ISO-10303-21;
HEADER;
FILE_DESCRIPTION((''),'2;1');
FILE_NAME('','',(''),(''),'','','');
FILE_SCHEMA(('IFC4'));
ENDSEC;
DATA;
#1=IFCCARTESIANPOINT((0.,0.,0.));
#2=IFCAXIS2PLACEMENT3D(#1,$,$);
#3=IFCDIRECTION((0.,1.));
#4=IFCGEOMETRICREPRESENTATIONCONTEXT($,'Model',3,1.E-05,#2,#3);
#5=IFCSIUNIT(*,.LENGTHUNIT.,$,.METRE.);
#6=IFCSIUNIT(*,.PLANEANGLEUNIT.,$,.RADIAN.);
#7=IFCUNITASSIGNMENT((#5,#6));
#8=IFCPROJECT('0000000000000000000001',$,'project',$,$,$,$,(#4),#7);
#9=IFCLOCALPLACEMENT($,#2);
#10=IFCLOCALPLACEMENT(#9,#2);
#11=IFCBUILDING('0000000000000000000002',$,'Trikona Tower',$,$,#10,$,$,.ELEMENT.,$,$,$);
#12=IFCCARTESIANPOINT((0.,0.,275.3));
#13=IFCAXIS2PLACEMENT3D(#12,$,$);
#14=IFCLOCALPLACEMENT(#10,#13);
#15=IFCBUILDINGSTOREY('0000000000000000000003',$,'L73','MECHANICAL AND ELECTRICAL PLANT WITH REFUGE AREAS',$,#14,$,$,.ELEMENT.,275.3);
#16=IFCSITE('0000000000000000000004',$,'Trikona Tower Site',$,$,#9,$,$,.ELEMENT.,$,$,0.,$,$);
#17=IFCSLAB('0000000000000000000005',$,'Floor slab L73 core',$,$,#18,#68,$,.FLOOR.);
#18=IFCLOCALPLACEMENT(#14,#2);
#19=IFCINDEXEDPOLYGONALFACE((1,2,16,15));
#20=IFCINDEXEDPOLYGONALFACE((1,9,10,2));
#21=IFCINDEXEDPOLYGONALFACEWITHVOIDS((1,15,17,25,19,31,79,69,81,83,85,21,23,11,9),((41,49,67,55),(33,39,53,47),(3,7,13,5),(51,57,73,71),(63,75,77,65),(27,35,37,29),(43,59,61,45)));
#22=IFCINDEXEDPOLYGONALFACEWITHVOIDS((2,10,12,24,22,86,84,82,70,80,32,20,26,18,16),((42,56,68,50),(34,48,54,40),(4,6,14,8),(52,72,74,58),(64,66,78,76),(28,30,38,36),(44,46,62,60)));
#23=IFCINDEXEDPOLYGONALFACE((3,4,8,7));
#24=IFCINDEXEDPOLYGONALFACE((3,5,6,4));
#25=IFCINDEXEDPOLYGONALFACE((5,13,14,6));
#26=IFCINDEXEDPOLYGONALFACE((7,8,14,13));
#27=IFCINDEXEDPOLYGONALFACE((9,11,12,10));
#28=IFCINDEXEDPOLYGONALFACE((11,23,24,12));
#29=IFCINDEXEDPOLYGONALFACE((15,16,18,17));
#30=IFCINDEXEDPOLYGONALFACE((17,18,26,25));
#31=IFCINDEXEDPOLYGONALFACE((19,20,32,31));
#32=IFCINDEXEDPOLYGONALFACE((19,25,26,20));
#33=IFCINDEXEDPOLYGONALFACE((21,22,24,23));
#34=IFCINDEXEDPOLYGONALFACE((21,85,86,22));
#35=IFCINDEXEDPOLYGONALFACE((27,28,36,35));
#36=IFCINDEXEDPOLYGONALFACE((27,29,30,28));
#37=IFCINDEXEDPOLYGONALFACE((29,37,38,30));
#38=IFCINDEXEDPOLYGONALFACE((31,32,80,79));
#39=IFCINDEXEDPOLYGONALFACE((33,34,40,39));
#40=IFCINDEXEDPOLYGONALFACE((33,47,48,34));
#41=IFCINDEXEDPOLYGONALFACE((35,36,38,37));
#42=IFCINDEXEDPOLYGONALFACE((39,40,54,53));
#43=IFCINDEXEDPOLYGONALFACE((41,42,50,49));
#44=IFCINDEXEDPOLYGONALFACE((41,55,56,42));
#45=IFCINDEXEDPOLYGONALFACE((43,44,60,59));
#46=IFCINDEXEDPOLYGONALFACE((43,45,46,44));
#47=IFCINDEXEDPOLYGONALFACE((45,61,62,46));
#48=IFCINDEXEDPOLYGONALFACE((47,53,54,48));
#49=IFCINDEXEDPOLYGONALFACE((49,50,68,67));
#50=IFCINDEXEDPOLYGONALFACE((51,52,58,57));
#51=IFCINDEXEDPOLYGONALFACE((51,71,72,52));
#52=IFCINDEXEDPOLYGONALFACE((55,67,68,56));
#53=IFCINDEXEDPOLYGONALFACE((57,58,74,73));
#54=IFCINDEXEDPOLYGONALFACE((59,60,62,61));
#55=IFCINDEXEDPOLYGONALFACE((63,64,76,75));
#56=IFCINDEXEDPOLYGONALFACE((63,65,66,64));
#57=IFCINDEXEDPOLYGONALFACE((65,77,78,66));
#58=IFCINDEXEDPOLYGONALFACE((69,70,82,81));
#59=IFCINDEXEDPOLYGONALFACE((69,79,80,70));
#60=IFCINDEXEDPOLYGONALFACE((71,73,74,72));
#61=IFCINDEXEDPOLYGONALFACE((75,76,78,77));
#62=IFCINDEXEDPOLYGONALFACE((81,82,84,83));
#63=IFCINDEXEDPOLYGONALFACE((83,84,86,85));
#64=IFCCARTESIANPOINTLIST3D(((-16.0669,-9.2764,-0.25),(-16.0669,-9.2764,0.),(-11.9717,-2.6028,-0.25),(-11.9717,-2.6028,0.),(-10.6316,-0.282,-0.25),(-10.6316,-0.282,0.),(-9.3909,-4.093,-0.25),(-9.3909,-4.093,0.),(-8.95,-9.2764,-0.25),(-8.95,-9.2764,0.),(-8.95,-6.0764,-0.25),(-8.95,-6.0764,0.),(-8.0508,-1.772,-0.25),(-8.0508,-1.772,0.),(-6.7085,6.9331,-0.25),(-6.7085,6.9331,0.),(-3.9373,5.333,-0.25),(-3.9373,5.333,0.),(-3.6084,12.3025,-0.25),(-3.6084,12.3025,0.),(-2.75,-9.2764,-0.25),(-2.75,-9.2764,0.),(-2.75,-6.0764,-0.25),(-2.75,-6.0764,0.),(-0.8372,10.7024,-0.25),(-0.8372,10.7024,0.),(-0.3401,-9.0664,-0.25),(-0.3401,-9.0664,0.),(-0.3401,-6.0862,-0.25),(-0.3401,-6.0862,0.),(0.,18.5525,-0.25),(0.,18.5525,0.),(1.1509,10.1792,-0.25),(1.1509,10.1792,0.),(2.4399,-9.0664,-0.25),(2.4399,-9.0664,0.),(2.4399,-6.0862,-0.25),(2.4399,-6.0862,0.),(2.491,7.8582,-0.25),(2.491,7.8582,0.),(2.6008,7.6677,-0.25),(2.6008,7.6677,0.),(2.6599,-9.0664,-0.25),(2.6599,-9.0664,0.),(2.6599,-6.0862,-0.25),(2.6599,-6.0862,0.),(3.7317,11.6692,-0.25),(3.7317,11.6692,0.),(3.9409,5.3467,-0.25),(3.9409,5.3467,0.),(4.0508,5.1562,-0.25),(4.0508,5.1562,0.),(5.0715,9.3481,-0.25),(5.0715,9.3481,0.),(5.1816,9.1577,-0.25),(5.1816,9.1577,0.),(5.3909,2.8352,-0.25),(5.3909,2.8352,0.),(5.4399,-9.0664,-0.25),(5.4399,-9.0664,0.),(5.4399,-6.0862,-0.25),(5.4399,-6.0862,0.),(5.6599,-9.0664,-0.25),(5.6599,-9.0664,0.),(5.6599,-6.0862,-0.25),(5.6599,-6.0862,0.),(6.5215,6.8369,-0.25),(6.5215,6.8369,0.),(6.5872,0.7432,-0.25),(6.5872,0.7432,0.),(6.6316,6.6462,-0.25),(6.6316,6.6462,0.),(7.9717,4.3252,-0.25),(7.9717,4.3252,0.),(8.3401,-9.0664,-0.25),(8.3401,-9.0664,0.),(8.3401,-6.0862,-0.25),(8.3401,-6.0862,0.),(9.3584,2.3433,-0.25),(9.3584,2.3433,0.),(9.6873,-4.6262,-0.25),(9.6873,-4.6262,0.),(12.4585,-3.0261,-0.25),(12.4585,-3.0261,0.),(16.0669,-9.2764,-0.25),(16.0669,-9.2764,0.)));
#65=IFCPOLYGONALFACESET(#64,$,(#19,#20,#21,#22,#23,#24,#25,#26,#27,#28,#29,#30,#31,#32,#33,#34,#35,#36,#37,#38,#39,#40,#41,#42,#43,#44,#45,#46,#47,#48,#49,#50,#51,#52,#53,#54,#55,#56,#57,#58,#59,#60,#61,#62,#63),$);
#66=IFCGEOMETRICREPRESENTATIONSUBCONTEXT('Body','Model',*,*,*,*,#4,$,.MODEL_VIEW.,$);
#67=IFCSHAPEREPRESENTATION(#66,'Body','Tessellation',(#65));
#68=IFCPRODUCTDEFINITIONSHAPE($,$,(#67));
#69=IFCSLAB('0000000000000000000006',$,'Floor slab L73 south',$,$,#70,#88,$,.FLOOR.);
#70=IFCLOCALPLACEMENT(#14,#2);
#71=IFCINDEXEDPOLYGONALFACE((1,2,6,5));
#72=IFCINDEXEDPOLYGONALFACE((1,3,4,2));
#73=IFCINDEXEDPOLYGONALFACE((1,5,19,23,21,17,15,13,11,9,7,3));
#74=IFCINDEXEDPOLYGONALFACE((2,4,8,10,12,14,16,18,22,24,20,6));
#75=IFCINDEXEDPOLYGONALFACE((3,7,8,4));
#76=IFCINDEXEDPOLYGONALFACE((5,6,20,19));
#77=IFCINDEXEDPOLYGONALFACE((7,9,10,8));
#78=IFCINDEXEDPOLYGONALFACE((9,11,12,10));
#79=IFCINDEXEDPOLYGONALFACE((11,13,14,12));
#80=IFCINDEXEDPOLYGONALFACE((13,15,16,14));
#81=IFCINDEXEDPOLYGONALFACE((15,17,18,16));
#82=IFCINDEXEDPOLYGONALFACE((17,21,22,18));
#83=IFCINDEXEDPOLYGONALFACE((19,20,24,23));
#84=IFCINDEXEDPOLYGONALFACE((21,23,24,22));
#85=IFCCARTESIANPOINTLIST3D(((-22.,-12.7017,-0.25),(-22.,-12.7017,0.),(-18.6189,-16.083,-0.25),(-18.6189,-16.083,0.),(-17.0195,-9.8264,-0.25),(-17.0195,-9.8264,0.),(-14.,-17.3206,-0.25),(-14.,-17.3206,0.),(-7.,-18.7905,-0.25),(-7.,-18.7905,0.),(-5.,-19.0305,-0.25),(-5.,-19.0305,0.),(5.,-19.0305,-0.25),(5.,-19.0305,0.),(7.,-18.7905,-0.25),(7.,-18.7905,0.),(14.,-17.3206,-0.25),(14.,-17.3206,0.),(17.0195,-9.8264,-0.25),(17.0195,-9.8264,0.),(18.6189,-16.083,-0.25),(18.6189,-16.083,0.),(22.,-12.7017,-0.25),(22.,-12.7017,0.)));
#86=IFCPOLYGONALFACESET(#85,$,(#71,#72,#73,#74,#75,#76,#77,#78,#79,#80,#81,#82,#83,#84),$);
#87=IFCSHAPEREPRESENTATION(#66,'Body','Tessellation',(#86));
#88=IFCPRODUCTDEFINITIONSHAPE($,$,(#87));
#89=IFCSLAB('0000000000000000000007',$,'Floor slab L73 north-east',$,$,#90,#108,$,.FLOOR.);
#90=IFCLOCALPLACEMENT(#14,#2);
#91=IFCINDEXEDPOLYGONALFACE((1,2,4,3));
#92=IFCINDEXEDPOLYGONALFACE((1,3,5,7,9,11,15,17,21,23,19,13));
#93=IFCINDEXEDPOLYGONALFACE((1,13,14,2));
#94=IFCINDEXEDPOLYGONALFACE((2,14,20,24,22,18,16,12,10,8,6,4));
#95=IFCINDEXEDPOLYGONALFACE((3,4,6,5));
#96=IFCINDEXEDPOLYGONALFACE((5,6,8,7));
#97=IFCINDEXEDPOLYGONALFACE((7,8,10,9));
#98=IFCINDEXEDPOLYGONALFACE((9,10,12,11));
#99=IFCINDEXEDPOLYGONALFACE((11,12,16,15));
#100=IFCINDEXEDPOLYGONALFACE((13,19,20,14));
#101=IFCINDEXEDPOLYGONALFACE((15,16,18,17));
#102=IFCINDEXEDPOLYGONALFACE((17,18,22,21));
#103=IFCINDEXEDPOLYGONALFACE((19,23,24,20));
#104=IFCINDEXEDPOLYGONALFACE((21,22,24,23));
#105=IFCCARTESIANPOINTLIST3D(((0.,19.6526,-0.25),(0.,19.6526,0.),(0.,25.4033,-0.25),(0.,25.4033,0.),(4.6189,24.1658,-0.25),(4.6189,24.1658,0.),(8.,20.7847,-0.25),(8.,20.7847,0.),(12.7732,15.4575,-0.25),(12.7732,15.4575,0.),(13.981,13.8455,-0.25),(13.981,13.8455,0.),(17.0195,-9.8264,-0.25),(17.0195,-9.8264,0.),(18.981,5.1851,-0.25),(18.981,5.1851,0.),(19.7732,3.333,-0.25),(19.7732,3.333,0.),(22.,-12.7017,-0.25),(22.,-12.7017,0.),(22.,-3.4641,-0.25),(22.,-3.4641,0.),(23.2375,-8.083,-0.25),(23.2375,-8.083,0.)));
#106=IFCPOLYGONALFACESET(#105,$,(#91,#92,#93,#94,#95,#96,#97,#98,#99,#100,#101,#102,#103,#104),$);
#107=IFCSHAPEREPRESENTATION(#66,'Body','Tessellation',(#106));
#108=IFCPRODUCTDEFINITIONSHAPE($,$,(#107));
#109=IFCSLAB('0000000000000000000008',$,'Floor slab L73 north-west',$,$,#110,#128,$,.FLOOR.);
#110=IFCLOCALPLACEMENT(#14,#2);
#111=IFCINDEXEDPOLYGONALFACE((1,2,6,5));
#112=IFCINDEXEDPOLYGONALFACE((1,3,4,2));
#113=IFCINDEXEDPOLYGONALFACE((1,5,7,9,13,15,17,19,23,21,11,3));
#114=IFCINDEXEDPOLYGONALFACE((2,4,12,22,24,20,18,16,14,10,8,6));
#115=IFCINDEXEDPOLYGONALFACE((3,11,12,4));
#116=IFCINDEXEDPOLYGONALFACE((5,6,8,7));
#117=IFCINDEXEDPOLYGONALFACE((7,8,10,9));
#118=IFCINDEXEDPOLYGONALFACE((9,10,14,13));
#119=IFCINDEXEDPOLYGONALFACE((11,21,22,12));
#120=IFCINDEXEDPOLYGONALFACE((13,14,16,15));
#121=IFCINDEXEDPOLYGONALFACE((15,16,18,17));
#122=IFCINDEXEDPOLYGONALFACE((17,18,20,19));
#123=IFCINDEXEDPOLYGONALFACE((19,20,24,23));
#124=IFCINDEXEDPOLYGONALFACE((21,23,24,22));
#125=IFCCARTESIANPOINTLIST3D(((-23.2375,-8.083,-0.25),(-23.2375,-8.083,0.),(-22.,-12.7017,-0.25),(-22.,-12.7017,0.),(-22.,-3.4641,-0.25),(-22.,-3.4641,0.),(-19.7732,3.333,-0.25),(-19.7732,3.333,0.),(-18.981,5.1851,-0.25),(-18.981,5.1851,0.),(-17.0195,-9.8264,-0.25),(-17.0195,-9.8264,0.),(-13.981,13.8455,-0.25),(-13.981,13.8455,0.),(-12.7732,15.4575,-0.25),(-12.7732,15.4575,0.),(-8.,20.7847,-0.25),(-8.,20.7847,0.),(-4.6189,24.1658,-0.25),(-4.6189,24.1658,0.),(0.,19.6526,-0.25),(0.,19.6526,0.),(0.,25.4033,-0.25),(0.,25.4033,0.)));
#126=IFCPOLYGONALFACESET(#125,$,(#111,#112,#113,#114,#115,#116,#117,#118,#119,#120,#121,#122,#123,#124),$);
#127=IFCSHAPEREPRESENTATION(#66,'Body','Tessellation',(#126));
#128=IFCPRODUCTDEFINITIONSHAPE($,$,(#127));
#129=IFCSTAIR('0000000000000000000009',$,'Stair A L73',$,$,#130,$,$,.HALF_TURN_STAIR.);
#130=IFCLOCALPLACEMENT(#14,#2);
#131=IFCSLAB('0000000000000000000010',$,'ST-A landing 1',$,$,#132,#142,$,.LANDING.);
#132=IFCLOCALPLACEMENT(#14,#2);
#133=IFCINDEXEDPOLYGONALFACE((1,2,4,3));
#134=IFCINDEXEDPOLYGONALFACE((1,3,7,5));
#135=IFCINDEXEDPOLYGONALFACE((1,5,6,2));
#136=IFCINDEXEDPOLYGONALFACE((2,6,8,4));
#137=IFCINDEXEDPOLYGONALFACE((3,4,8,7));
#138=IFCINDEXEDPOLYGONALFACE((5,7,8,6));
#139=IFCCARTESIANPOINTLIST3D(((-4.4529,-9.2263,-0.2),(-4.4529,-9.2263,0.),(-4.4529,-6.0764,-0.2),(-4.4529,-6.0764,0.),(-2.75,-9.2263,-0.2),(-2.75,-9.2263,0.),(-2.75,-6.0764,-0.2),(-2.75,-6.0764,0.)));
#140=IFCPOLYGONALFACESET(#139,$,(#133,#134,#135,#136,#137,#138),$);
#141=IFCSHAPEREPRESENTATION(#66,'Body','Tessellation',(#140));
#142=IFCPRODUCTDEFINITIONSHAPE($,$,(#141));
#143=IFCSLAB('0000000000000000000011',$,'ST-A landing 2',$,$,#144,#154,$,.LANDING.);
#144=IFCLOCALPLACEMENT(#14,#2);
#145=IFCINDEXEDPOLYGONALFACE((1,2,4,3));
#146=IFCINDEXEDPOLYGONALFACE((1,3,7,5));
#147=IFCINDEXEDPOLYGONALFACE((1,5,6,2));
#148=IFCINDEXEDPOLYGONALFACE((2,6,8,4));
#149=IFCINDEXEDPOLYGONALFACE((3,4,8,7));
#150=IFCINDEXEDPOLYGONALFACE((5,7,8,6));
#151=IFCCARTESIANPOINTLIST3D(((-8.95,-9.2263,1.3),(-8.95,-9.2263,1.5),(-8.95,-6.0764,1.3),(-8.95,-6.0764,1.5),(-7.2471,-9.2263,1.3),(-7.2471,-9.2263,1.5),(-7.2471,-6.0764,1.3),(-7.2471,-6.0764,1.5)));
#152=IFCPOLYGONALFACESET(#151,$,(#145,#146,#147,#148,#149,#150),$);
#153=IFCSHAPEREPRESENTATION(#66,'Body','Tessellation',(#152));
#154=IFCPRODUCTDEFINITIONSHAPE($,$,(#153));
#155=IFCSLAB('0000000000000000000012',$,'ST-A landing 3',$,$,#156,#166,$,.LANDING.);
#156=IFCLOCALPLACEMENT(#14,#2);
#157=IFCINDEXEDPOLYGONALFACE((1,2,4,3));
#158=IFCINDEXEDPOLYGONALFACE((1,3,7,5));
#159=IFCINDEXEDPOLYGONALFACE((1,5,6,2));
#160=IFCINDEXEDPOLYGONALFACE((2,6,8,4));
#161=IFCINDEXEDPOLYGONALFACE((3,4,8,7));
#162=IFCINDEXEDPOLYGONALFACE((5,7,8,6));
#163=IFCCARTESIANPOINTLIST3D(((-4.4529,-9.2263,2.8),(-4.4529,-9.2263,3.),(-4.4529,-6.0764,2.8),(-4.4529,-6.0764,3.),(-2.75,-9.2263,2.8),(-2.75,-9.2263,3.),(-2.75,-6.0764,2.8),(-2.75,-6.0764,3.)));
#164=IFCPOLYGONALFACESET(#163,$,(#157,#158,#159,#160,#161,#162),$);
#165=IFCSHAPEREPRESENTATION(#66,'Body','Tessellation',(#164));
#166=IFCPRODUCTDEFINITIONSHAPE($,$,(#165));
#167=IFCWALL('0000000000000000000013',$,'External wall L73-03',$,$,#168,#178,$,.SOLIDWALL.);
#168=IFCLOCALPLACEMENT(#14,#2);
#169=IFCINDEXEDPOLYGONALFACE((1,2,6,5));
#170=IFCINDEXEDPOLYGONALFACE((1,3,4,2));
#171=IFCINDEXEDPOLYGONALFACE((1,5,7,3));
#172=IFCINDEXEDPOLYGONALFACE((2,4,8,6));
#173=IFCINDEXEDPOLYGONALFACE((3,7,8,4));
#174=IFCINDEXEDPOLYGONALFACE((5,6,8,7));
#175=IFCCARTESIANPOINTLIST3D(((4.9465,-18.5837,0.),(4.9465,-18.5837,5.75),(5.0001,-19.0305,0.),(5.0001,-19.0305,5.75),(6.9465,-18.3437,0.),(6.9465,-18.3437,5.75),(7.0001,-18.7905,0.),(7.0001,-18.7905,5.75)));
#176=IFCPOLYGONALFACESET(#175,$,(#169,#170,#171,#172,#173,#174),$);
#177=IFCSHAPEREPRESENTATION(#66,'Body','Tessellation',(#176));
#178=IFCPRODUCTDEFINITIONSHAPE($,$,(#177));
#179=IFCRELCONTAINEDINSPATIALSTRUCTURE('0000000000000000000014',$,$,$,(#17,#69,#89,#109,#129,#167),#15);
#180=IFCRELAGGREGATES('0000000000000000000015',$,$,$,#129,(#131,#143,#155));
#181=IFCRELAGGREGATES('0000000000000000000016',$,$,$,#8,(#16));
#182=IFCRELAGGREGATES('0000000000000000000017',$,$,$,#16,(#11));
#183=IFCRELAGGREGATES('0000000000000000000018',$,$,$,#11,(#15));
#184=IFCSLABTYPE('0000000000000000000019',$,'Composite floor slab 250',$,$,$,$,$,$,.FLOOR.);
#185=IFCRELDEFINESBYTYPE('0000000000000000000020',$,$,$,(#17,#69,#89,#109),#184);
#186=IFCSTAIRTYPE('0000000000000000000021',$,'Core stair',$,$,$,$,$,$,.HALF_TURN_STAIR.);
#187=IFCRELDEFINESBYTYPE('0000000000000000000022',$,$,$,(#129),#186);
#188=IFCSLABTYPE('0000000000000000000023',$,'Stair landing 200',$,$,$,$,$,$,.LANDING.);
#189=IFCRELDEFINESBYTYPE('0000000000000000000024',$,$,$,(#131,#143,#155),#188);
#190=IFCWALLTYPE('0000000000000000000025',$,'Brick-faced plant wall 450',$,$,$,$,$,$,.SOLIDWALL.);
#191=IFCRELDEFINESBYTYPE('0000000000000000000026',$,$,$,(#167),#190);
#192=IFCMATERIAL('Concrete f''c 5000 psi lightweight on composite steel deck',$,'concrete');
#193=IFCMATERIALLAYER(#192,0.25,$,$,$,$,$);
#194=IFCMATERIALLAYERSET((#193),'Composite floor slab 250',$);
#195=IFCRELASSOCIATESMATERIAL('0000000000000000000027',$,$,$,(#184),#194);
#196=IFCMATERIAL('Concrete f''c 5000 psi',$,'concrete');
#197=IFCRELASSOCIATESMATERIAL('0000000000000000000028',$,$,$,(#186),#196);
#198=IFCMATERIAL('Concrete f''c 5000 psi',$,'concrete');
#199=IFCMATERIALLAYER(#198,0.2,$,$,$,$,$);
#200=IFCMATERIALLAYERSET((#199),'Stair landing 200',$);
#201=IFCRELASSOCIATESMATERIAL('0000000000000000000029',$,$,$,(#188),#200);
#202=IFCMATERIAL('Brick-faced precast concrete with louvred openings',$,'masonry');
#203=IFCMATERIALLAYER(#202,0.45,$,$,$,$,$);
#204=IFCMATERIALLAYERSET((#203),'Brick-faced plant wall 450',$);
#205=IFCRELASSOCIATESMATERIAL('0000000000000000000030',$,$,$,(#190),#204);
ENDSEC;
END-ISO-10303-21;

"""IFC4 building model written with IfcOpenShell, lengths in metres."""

from ifc_helpers import new_model, si_unit, direction, frame, frame_2d, origin, place, context, subcontext, project, spatial, polyline, rectangle, outline, extrude, material, layer, layer_set, type_object, element, aggregate, save


model = new_model("IFC4")

# Units and contexts
model_context = context("Model", 3, precision=1e-05, world=origin(), true_north=direction((0.0, 1.0)))
body_context = subcontext(model_context, "Body", "Model", "MODEL_VIEW")
ifc_project = project(units=[si_unit("LENGTHUNIT", "METRE"), si_unit("PLANEANGLEUNIT", "RADIAN")], contexts=[model_context])

# Site, building, storey
site_placement = place(None, origin())
site = spatial("IfcSite", under=ifc_project, at=site_placement, Name="Trikona Tower Site", CompositionType="ELEMENT", RefElevation=0.0)
building_placement = place(site_placement, origin())
building = spatial("IfcBuilding", under=site, at=building_placement, Name="Trikona Tower", CompositionType="ELEMENT")
storey_placement = place(building_placement, frame((0.0, 0.0, 275.3)))
storey = spatial("IfcBuildingStorey", under=building, at=storey_placement, Name="L73", Description="MECHANICAL AND ELECTRICAL PLANT WITH REFUGE AREAS", CompositionType="ELEMENT", Elevation=275.3)

# Slabs
ifc_material_1 = material(Name="Concrete f'c 5000 psi lightweight on composite steel deck", Category="concrete")
ifc_layer_1 = layer(ifc_material_1, 0.25)
ifc_layer_set_1 = layer_set([ifc_layer_1], Name="Composite floor slab 250")
slab_type_1 = type_object("IfcSlabType", Name="Composite floor slab 250", PredefinedType="FLOOR", material=ifc_layer_set_1)
slab_1_placement = place(storey_placement, frame((0.0, 0.0, -0.25)))
element("IfcSlab", 1, at=slab_1_placement, inside=storey, type_object=slab_type_1, Name="Floor slab L73 core", PredefinedType="FLOOR", context=body_context, shape_type="SweptSolid", body=[
    extrude(outline(polyline([(-16.0669, -9.2764), (-8.95, -9.2764), (-8.95, -6.0764), (-2.75, -6.0764), (-2.75, -9.2764), (16.0669, -9.2764), (12.4585, -3.0261), (9.6873, -4.6262), (6.5872, 0.7432), (9.3584, 2.3433), (0.0, 18.5525), (-3.6084, 12.3025), (-0.8372, 10.7024), (-3.9373, 5.333), (-6.7085, 6.9331), (-16.0669, -9.2764)]), holes=[polyline([(5.6599, -6.0862), (5.6599, -9.0664), (8.3401, -9.0664), (8.3401, -6.0862), (5.6599, -6.0862)]), polyline([(6.6316, 6.6462), (4.0508, 5.1562), (5.3909, 2.8352), (7.9717, 4.3252), (6.6316, 6.6462)]), polyline([(6.5215, 6.8369), (5.1816, 9.1577), (2.6008, 7.6677), (3.9409, 5.3467), (6.5215, 6.8369)]), polyline([(2.6599, -9.0664), (5.4399, -9.0664), (5.4399, -6.0862), (2.6599, -6.0862), (2.6599, -9.0664)]), polyline([(2.491, 7.8582), (5.0715, 9.3481), (3.7317, 11.6692), (1.1509, 10.1792), (2.491, 7.8582)]), polyline([(2.4399, -9.0664), (2.4399, -6.0862), (-0.3401, -6.0862), (-0.3401, -9.0664), (2.4399, -9.0664)]), polyline([(-11.9717, -2.6028), (-9.3909, -4.093), (-8.0508, -1.772), (-10.6316, -0.282), (-11.9717, -2.6028)])]), origin(), (0.0, 0.0, 1.0), 0.25),
])
slab_2_placement = place(storey_placement, frame((0.0, 0.0, -0.25)))
element("IfcSlab", 2, at=slab_2_placement, inside=storey, type_object=slab_type_1, Name="Floor slab L73 south", PredefinedType="FLOOR", context=body_context, shape_type="SweptSolid", body=[
    extrude(outline(polyline([(18.6189, -16.083), (22.0, -12.7017), (17.0195, -9.8264), (-17.0195, -9.8264), (-22.0, -12.7017), (-18.6189, -16.083), (-14.0, -17.3206), (-7.0, -18.7905), (-5.0, -19.0305), (5.0, -19.0305), (7.0, -18.7905), (14.0, -17.3206), (18.6189, -16.083)])), origin(), (0.0, 0.0, 1.0), 0.25),
])
slab_3_placement = place(storey_placement, frame((0.0, 0.0, -0.25)))
element("IfcSlab", 3, at=slab_3_placement, inside=storey, type_object=slab_type_1, Name="Floor slab L73 north-east", PredefinedType="FLOOR", context=body_context, shape_type="SweptSolid", body=[
    extrude(outline(polyline([(4.6189, 24.1658), (0.0, 25.4033), (0.0, 19.6526), (17.0195, -9.8264), (22.0, -12.7017), (23.2375, -8.083), (22.0, -3.4641), (19.7732, 3.333), (18.981, 5.1851), (13.981, 13.8455), (12.7732, 15.4575), (8.0, 20.7847), (4.6189, 24.1658)])), origin(), (0.0, 0.0, 1.0), 0.25),
])
slab_4_placement = place(storey_placement, frame((0.0, 0.0, -0.25)))
element("IfcSlab", 4, at=slab_4_placement, inside=storey, type_object=slab_type_1, Name="Floor slab L73 north-west", PredefinedType="FLOOR", context=body_context, shape_type="SweptSolid", body=[
    extrude(outline(polyline([(0.0, 19.6526), (0.0, 25.4033), (-4.6189, 24.1658), (-8.0, 20.7847), (-12.7732, 15.4575), (-13.981, 13.8455), (-18.981, 5.1851), (-19.7732, 3.333), (-22.0, -3.4641), (-23.2375, -8.083), (-22.0, -12.7017), (-17.0195, -9.8264), (0.0, 19.6526)])), origin(), (0.0, 0.0, 1.0), 0.25),
])

# Stair, slabs
ifc_material_2 = material(Name="Concrete f'c 5000 psi", Category="concrete")
stair_type = type_object("IfcStairType", Name="Core stair", PredefinedType="HALF_TURN_STAIR", material=ifc_material_2)
stair_1_placement = place(storey_placement, origin())
stair_1 = element("IfcStair", 5, at=stair_1_placement, inside=storey, type_object=stair_type, Name="Stair A L73", PredefinedType="HALF_TURN_STAIR")
ifc_material_3 = material(Name="Concrete f'c 5000 psi", Category="concrete")
ifc_layer_2 = layer(ifc_material_3, 0.2)
ifc_layer_set_2 = layer_set([ifc_layer_2], Name="Stair landing 200")
slab_type_2 = type_object("IfcSlabType", Name="Stair landing 200", PredefinedType="LANDING", material=ifc_layer_set_2)
slab_5_placement = place(storey_placement, frame((0.0, 0.0, -0.2)))
slab_5 = element("IfcSlab", 6, at=slab_5_placement, type_object=slab_type_2, Name="ST-A landing 1", PredefinedType="LANDING", context=body_context, shape_type="SweptSolid", body=[
    extrude(outline(polyline([(-4.4529, -6.0764), (-2.75, -6.0764), (-2.75, -9.2263), (-4.4529, -9.2263), (-4.4529, -6.0764)])), origin(), (0.0, 0.0, 1.0), 0.2),
])
slab_6_placement = place(storey_placement, frame((0.0, 0.0, 1.3)))
slab_6 = element("IfcSlab", 7, at=slab_6_placement, type_object=slab_type_2, Name="ST-A landing 2", PredefinedType="LANDING", context=body_context, shape_type="SweptSolid", body=[
    extrude(outline(polyline([(-8.95, -6.0764), (-7.2471, -6.0764), (-7.2471, -9.2263), (-8.95, -9.2263), (-8.95, -6.0764)])), origin(), (0.0, 0.0, 1.0), 0.2),
])
slab_7_placement = place(storey_placement, frame((0.0, 0.0, 2.8)))
slab_7 = element("IfcSlab", 8, at=slab_7_placement, type_object=slab_type_2, Name="ST-A landing 3", PredefinedType="LANDING", context=body_context, shape_type="SweptSolid", body=[
    extrude(outline(polyline([(-4.4529, -6.0764), (-2.75, -6.0764), (-2.75, -9.2263), (-4.4529, -9.2263), (-4.4529, -6.0764)])), origin(), (0.0, 0.0, 1.0), 0.2),
])
aggregate(stair_1, [slab_5, slab_6, slab_7])

# Wall
ifc_material_4 = material(Name="Brick-faced precast concrete with louvred openings", Category="masonry")
ifc_layer_3 = layer(ifc_material_4, 0.45)
ifc_layer_set_3 = layer_set([ifc_layer_3], Name="Brick-faced plant wall 450")
wall_type_1 = type_object("IfcWallType", Name="Brick-faced plant wall 450", PredefinedType="SOLIDWALL", material=ifc_layer_set_3)
wall_1_placement = place(storey_placement, frame((4.9731, -18.8071, 0.0), z_axis=(0.0, 0.0, 1.0), x_axis=(0.992877, 0.11914, 0.0)))
element("IfcWall", 9, at=wall_1_placement, inside=storey, type_object=wall_type_1, Name="External wall L73-03", PredefinedType="SOLIDWALL", context=body_context, shape_type="SweptSolid", body=[
    extrude(rectangle(XDim=2.0144, YDim=0.45, at=frame_2d((1.0073, 0.0))), origin(), (0.0, 0.0, 1.0), 5.75),
])

save(model, "model.ifc")
